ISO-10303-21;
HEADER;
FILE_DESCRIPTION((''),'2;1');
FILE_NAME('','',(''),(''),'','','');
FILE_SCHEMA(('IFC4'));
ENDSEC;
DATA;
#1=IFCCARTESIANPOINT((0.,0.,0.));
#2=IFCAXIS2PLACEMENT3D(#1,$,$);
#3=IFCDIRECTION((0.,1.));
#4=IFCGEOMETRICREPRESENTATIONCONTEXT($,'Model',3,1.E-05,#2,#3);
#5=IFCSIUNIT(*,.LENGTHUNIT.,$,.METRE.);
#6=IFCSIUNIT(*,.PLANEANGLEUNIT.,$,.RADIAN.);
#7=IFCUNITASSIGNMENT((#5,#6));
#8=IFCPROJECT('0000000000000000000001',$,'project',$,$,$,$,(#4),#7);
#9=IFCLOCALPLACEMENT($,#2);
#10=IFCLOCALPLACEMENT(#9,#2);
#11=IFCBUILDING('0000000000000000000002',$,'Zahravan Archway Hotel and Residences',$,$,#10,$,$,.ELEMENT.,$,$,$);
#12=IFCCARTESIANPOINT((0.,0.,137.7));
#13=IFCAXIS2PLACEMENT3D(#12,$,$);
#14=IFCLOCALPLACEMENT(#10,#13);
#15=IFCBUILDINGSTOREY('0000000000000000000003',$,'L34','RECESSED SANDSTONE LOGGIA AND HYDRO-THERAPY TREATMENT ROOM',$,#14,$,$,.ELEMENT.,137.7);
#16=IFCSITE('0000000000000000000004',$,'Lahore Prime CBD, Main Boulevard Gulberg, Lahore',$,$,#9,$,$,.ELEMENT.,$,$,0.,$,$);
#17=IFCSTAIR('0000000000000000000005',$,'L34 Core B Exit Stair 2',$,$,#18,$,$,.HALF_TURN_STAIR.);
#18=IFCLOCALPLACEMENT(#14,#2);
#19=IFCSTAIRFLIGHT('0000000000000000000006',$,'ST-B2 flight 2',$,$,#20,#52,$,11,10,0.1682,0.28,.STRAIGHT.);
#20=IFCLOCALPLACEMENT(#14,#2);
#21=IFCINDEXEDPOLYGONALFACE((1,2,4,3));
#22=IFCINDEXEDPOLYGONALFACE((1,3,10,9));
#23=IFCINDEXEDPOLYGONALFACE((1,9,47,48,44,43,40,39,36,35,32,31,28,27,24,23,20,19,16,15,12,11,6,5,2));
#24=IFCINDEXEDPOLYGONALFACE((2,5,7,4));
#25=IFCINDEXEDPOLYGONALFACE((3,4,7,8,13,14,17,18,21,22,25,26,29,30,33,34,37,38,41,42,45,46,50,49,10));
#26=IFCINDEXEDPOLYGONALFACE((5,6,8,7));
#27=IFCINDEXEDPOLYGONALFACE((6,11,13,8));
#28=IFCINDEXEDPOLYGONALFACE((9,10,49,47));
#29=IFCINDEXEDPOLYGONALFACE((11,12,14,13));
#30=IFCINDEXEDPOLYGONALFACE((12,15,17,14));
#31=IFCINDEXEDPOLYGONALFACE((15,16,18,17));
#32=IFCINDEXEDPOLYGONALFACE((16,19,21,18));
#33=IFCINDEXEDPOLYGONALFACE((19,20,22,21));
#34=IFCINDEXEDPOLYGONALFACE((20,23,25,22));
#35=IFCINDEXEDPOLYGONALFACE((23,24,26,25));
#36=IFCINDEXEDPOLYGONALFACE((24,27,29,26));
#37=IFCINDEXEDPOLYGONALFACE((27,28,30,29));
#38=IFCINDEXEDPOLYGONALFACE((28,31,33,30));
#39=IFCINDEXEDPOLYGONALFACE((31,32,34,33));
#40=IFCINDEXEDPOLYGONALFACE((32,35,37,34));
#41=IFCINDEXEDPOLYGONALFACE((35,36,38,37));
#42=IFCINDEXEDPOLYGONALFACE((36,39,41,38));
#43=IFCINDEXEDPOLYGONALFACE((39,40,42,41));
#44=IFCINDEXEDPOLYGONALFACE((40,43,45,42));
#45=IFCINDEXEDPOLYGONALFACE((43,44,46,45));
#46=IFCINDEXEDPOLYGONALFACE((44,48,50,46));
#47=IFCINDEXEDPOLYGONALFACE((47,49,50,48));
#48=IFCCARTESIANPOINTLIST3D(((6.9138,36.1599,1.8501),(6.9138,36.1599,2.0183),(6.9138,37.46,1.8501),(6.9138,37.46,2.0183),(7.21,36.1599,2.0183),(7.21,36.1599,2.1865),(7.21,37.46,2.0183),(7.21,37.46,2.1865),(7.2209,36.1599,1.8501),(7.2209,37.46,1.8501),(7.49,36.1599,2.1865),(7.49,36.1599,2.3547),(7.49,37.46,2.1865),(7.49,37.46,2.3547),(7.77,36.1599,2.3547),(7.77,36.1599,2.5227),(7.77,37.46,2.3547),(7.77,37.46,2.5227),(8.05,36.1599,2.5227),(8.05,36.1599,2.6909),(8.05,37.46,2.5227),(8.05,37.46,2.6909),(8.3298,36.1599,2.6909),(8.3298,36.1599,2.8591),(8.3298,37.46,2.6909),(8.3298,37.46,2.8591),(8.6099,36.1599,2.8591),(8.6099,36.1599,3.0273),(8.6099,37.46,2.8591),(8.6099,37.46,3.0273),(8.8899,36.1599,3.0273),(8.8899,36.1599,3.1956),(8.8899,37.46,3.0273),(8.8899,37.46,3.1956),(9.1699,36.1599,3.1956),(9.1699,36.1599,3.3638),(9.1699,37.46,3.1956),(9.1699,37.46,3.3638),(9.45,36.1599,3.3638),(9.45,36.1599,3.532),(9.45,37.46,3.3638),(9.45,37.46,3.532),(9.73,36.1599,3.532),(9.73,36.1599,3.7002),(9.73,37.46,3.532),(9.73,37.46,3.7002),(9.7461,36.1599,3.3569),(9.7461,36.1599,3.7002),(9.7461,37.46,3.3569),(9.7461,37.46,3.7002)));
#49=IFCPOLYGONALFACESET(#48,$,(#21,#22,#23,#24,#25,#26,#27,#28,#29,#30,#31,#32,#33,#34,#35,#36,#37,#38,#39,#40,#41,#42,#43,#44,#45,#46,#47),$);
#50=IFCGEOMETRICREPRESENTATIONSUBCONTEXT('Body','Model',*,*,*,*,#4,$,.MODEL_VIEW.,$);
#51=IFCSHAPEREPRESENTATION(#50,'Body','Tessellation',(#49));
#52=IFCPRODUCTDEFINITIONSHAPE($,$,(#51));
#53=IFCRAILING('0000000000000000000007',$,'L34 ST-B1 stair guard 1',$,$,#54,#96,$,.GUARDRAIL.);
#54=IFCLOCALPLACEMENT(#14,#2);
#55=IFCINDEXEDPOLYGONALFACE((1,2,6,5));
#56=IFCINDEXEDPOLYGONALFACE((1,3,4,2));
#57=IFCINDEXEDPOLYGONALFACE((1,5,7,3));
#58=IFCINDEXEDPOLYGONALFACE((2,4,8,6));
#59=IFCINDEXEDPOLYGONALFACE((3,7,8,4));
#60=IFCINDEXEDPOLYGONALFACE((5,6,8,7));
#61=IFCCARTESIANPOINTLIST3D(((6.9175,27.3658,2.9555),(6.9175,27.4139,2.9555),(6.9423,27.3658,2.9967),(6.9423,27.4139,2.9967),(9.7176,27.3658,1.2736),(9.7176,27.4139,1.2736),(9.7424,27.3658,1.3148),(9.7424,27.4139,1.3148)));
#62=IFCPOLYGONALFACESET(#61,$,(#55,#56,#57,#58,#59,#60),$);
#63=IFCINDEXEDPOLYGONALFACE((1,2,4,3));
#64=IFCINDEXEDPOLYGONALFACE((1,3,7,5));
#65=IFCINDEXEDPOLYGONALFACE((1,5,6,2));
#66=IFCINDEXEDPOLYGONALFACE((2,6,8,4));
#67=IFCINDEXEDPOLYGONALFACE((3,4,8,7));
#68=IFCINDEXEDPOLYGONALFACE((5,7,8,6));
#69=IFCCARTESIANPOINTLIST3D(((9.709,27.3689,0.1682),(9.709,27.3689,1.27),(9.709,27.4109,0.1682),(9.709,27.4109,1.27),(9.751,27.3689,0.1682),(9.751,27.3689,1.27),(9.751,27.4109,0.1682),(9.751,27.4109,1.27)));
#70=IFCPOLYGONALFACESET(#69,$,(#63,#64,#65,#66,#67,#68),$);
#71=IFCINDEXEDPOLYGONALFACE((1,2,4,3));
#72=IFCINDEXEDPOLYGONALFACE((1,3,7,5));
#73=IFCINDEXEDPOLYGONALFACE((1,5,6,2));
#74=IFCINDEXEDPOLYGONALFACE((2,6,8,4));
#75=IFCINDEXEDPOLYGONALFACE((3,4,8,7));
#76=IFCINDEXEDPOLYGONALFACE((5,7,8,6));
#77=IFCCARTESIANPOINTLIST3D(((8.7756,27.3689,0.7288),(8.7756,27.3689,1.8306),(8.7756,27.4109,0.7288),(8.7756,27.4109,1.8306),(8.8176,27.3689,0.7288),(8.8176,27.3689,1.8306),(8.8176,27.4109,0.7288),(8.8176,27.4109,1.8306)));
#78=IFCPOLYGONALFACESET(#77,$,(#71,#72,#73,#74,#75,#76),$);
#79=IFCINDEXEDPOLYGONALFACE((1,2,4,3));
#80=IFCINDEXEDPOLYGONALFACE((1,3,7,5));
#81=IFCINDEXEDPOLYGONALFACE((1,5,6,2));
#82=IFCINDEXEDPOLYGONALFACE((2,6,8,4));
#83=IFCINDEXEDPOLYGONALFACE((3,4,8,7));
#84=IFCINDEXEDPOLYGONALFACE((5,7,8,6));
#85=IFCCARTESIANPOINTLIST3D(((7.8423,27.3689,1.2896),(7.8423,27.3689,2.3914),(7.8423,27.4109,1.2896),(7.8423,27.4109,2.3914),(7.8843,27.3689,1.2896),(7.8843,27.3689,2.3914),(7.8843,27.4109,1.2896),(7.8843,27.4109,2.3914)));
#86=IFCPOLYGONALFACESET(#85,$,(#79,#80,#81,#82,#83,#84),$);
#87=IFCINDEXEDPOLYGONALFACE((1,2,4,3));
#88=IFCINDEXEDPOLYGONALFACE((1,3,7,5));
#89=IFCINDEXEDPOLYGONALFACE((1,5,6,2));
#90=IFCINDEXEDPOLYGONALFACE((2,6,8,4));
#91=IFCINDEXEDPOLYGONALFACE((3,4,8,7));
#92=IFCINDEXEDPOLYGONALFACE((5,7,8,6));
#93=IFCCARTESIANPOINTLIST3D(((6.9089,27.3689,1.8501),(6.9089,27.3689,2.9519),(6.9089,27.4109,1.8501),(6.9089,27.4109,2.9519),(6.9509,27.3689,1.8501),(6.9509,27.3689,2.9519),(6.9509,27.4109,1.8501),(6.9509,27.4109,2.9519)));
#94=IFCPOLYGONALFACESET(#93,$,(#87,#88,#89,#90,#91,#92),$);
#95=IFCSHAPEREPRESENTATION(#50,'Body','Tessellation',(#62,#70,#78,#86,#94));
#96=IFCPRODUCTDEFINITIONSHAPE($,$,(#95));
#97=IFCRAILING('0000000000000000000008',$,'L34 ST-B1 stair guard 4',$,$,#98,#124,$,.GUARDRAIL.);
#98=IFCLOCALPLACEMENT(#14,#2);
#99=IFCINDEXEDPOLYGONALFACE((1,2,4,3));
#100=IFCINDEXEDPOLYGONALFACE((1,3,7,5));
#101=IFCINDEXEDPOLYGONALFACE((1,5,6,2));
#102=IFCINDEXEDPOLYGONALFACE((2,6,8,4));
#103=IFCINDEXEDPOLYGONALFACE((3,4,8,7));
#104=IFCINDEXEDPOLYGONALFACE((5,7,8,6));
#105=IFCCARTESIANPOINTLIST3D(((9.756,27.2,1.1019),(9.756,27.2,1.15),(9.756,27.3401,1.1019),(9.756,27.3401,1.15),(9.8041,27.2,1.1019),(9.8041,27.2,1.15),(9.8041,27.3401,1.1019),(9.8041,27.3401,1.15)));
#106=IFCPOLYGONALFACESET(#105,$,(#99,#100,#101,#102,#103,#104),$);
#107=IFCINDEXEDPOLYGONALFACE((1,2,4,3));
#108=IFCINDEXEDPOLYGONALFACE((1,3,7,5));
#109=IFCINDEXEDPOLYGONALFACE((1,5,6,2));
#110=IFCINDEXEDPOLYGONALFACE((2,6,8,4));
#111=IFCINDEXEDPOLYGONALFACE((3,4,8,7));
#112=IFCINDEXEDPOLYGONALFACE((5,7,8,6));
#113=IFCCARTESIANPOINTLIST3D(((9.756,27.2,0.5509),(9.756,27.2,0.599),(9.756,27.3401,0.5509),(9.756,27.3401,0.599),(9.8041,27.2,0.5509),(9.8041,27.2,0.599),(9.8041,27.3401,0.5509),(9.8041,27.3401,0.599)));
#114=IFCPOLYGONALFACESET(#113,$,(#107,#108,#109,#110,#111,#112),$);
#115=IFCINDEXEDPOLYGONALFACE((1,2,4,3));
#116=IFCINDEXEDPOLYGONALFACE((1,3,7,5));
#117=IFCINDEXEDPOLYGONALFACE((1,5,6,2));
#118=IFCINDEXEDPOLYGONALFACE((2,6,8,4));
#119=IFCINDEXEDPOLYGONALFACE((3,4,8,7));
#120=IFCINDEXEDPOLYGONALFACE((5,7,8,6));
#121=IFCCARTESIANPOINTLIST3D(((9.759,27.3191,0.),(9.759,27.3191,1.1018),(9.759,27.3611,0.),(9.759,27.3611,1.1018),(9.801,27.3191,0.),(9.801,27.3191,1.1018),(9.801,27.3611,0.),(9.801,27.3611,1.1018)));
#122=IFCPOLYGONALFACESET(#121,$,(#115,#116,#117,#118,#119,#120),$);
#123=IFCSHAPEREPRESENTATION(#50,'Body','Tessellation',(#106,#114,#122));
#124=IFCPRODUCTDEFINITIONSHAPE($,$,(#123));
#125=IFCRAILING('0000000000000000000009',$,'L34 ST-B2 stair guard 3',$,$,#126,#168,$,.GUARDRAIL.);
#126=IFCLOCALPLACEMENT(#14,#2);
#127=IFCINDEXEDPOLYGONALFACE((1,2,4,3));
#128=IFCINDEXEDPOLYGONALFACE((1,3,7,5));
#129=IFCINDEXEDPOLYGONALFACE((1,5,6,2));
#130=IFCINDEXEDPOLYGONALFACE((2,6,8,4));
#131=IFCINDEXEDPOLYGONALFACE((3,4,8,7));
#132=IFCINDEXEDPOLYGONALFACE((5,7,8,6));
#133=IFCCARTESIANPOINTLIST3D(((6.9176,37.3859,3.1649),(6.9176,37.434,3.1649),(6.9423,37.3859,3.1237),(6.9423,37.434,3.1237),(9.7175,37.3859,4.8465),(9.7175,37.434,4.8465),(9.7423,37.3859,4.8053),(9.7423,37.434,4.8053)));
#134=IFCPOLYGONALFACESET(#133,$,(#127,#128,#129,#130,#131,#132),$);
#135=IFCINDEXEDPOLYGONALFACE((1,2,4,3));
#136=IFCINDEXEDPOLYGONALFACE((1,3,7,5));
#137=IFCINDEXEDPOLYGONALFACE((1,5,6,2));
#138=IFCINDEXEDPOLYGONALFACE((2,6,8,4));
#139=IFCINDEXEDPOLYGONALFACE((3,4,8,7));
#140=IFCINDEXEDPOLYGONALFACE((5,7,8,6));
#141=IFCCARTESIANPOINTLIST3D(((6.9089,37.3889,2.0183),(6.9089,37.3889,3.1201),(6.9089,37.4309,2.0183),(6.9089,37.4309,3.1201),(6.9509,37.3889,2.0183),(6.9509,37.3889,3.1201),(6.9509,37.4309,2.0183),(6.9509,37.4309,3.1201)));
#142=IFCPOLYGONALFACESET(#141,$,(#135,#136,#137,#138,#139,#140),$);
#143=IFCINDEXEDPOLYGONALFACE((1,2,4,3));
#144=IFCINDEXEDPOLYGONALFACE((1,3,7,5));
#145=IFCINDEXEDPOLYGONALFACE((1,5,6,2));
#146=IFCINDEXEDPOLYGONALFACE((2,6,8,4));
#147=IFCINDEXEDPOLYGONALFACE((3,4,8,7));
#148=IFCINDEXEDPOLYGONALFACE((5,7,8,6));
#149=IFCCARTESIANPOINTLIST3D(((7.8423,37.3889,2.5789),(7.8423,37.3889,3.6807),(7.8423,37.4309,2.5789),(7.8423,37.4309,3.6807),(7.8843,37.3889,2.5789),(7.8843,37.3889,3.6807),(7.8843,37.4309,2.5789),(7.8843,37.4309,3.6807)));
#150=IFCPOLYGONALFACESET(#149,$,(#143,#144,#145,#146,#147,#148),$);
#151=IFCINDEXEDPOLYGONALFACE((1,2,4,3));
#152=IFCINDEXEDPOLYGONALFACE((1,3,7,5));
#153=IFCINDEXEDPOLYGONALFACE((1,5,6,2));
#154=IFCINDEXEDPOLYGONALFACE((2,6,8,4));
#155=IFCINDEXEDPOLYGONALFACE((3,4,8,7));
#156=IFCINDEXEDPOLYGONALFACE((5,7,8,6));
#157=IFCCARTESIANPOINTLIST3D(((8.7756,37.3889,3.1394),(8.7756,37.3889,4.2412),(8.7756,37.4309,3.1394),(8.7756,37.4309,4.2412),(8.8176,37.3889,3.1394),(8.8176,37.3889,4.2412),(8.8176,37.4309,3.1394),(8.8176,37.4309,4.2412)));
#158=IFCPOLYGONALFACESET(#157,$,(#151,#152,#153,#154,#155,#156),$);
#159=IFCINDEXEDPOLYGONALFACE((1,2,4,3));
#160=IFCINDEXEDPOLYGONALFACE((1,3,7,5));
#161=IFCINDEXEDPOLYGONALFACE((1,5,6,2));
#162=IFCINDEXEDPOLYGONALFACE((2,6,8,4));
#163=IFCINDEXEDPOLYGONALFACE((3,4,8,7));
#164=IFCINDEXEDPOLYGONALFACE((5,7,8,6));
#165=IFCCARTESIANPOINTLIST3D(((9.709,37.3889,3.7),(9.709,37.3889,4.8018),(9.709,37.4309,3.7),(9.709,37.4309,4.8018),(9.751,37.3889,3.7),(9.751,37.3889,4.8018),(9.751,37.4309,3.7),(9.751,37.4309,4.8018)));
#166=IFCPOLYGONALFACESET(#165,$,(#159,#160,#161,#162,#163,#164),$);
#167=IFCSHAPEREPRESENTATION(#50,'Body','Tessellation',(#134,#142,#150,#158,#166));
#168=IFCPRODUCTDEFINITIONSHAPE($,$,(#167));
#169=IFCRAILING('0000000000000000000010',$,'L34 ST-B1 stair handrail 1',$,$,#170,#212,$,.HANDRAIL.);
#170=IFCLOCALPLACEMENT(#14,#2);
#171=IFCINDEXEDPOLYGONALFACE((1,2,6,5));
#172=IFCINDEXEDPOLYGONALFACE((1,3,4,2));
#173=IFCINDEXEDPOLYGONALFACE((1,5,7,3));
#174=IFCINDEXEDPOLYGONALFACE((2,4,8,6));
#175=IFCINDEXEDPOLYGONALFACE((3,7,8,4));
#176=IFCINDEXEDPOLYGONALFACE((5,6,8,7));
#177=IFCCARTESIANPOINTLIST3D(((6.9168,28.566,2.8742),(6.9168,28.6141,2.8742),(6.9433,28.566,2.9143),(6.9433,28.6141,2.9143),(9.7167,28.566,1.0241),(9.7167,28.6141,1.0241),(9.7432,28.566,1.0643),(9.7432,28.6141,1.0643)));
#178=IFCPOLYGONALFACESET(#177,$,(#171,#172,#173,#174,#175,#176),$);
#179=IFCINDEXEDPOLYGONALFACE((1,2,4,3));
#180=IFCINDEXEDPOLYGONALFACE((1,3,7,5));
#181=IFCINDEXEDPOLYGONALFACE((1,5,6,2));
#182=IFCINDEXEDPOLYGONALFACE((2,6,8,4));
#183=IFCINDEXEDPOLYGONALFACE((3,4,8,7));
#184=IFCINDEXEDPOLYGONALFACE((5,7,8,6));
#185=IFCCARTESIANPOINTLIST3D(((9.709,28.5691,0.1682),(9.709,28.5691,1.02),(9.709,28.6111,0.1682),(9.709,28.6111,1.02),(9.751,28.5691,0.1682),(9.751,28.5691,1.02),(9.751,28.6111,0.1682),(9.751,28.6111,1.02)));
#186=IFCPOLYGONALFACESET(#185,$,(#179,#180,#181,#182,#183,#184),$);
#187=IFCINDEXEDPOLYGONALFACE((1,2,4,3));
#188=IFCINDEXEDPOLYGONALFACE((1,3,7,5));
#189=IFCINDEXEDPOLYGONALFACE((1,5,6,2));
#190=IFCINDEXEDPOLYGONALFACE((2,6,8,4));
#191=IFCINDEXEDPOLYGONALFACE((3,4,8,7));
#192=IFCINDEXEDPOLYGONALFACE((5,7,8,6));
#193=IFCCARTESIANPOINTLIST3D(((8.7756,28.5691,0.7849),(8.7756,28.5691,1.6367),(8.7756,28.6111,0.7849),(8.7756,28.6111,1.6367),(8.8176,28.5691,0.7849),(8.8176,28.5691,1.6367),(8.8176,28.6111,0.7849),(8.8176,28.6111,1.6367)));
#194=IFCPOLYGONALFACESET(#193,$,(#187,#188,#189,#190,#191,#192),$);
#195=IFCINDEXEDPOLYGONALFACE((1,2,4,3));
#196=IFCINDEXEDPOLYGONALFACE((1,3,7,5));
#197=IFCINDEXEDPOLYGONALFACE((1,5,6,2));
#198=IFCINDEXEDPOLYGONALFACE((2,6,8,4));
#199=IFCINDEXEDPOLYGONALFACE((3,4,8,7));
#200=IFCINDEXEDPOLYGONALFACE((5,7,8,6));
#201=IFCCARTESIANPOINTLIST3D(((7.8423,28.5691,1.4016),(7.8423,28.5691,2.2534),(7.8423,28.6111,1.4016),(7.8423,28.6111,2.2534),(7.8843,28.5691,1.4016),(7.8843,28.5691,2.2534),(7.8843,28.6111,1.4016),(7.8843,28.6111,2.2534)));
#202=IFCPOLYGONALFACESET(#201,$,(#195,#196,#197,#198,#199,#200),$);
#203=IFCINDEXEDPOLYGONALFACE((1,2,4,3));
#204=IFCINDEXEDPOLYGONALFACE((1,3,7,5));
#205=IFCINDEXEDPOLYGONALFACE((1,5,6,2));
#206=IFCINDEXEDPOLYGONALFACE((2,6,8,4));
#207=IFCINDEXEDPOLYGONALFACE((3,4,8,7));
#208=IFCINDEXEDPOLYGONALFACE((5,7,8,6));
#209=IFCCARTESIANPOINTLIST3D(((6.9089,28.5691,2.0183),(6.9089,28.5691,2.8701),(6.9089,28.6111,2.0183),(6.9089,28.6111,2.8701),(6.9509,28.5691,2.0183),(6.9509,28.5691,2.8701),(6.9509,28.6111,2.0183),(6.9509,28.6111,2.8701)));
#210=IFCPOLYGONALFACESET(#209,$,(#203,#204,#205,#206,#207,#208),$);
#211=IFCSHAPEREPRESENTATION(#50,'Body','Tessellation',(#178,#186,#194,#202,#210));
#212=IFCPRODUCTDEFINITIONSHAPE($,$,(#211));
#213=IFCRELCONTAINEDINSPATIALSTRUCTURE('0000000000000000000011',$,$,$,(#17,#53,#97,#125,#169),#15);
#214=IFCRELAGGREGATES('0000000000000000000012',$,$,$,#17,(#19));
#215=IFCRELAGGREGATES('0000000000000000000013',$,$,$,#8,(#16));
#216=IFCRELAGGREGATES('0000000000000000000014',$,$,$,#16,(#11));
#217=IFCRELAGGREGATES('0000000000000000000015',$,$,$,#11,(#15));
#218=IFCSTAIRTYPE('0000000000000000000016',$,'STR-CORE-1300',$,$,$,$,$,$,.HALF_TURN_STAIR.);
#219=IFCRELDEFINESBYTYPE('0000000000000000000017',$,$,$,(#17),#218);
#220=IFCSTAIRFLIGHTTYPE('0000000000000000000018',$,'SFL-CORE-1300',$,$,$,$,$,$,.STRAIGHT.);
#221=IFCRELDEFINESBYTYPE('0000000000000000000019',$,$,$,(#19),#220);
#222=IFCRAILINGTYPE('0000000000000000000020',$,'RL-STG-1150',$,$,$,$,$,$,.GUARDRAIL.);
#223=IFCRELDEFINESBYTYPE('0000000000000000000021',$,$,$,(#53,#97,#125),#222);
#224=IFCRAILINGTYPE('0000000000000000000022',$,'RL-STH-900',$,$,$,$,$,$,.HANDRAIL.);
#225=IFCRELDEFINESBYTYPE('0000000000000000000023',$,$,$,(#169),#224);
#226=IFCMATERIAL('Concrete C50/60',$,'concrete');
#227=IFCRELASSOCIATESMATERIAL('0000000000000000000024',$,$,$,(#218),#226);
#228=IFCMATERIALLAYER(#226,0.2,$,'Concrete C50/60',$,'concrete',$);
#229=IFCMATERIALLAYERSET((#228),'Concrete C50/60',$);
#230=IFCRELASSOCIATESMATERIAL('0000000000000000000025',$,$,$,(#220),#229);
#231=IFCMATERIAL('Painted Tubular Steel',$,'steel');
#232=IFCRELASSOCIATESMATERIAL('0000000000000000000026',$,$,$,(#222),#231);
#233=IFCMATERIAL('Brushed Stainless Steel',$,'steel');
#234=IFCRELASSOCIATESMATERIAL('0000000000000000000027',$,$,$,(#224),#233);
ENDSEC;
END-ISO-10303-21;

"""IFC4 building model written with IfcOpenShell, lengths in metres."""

from ifc_helpers import new_model, si_unit, direction, frame, origin, origin_2d, place, context, subcontext, project, spatial, polyline, rectangle, outline, extrude, source, transform, mapped, material, layer, layer_set, type_object, element, aggregate, save


model = new_model("IFC4")

# Units and contexts
model_context = context("Model", 3, precision=1e-05, world=origin(), true_north=direction((0.0, 1.0)))
body_context = subcontext(model_context, "Body", "Model", "MODEL_VIEW")
ifc_project = project(units=[si_unit("LENGTHUNIT", "METRE"), si_unit("PLANEANGLEUNIT", "RADIAN")], contexts=[model_context])

# Site, building, storey
site_placement = place(None, origin())
site = spatial("IfcSite", under=ifc_project, at=site_placement, Name="Lahore Prime CBD, Main Boulevard Gulberg, Lahore", CompositionType="ELEMENT", RefElevation=0.0)
building_placement = place(site_placement, origin())
building = spatial("IfcBuilding", under=site, at=building_placement, Name="Zahravan Archway Hotel and Residences", CompositionType="ELEMENT")
storey_placement = place(building_placement, frame((0.0, 0.0, 137.7)))
storey = spatial("IfcBuildingStorey", under=building, at=storey_placement, Name="L34", Description="RECESSED SANDSTONE LOGGIA AND HYDRO-THERAPY TREATMENT ROOM", CompositionType="ELEMENT", Elevation=137.7)

# Shared definitions
ifc_material_1 = material(Name="Brushed Stainless Steel", Category="steel")

# Shared definitions
ifc_material_2 = material(Name="Concrete C50/60", Category="concrete")

# Stair, stair flight
stair_type = type_object("IfcStairType", Name="STR-CORE-1300", PredefinedType="HALF_TURN_STAIR", material=ifc_material_2)
ifc_layer_1 = layer(ifc_material_2, 0.2, Name="Concrete C50/60", Category="concrete")
ifc_layer_set_1 = layer_set([ifc_layer_1], Name="Concrete C50/60")
stair_flight_type = type_object("IfcStairFlightType", Name="SFL-CORE-1300", PredefinedType="STRAIGHT", material=ifc_layer_set_1)
shared_shape_1 = source(origin(), body_context, "Body", "SweptSolid", [
    extrude(outline(polyline([(-0.0161, 0.0), (-0.0161, 0.1682), (0.28, 0.1682), (0.28, 0.3364), (0.5601, 0.3364), (0.5601, 0.5046), (0.8401, 0.5046), (0.8401, 0.6726), (1.1201, 0.6726), (1.1201, 0.8408), (1.3999, 0.8408), (1.3999, 1.009), (1.6799, 1.009), (1.6799, 1.1772), (1.96, 1.1772), (1.96, 1.3455), (2.24, 1.3455), (2.24, 1.5137), (2.52, 1.5137), (2.52, 1.6819), (2.8, 1.6819), (2.8, 1.8501), (2.8162, 1.8501), (2.8162, 1.5068), (0.291, 0.0), (-0.0161, 0.0)])), frame((0.0, 0.6499, 0.0), z_axis=(0.0, -1.0, 0.0), x_axis=(1.0, 0.0, 0.0)), (0.0, 0.0, 1.0), 1.3),
])
stair_1_placement = place(storey_placement, origin())
stair_1 = element("IfcStair", 1, at=stair_1_placement, inside=storey, type_object=stair_type, Name="L34 Core B Exit Stair 2", PredefinedType="HALF_TURN_STAIR")
stair_flight_1_placement = place(storey_placement, frame((6.9299, 36.8101, 1.8501), z_axis=(0.0, 0.0, 1.0), x_axis=(1.0, 0.0, 0.0)))
stair_flight_1 = element("IfcStairFlight", 2, at=stair_flight_1_placement, type_object=stair_flight_type, Name="ST-B2 flight 2", NumberOfRisers=11, NumberOfTreads=10, PredefinedType="STRAIGHT", RiserHeight=0.1682, TreadLength=0.28, context=body_context, shape_type="MappedRepresentation", body=[
    mapped(shared_shape_1, transform((0.0, 0.0, 0.0), scale=1.0)),
])
aggregate(stair_1, [stair_flight_1])

# Railings
ifc_material_3 = material(Name="Painted Tubular Steel", Category="steel")
railing_type_1 = type_object("IfcRailingType", Name="RL-STG-1150", PredefinedType="GUARDRAIL", material=ifc_material_3)
railing_1_placement = place(storey_placement, frame((9.73, 27.3899, 0.1682)))
element("IfcRailing", 3, at=railing_1_placement, inside=storey, type_object=railing_type_1, Name="L34 ST-B1 stair guard 1", PredefinedType="GUARDRAIL", context=body_context, shape_type="SweptSolid", body=[
    extrude(rectangle(XDim=0.0481, YDim=0.0481, at=origin_2d()), frame((0.0, 0.0, 1.126), z_axis=(-0.857242, 0.0, 0.514913), x_axis=(0.0, -1.0, 0.0)), (0.0, 0.0, 1.0), 3.2664),
    extrude(rectangle(XDim=0.042, YDim=0.042, at=origin_2d()), origin(), (0.0, 0.0, 1.0), 1.1018),
    extrude(rectangle(XDim=0.042, YDim=0.042, at=origin_2d()), frame((-0.9333, 0.0, 0.5605)), (0.0, 0.0, 1.0), 1.1018),
    extrude(rectangle(XDim=0.042, YDim=0.042, at=origin_2d()), frame((-1.8667, 0.0, 1.1213)), (0.0, 0.0, 1.0), 1.1018),
    extrude(rectangle(XDim=0.042, YDim=0.042, at=origin_2d()), frame((-2.8, 0.0, 1.6819)), (0.0, 0.0, 1.0), 1.1018),
])
railing_2_placement = place(storey_placement, frame((9.78, 27.3401, 0.0)))
element("IfcRailing", 4, at=railing_2_placement, inside=storey, type_object=railing_type_1, Name="L34 ST-B1 stair guard 4", PredefinedType="GUARDRAIL", context=body_context, shape_type="SweptSolid", body=[
    extrude(rectangle(XDim=0.0481, YDim=0.0481, at=origin_2d()), frame((0.0, 0.0, 1.126), z_axis=(0.0, -1.0, 0.0), x_axis=(1.0, 0.0, 0.0)), (0.0, 0.0, 1.0), 0.1401),
    extrude(rectangle(XDim=0.0481, YDim=0.0481, at=origin_2d()), frame((0.0, 0.0, 0.575), z_axis=(0.0, -1.0, 0.0), x_axis=(1.0, 0.0, 0.0)), (0.0, 0.0, 1.0), 0.1401),
    extrude(rectangle(XDim=0.042, YDim=0.042, at=origin_2d()), origin(), (0.0, 0.0, 1.0), 1.1018),
])
railing_3_placement = place(storey_placement, frame((6.9299, 37.4099, 2.0183)))
element("IfcRailing", 5, at=railing_3_placement, inside=storey, type_object=railing_type_1, Name="L34 ST-B2 stair guard 3", PredefinedType="GUARDRAIL", context=body_context, shape_type="SweptSolid", body=[
    extrude(rectangle(XDim=0.0481, YDim=0.0481, at=origin_2d()), frame((0.0, 0.0, 1.126), z_axis=(0.857275, 0.0, 0.514858), x_axis=(0.0, 1.0, 0.0)), (0.0, 0.0, 1.0), 3.2661),
    extrude(rectangle(XDim=0.042, YDim=0.042, at=origin_2d()), origin(), (0.0, 0.0, 1.0), 1.1018),
    extrude(rectangle(XDim=0.042, YDim=0.042, at=origin_2d()), frame((0.9333, 0.0, 0.5605)), (0.0, 0.0, 1.0), 1.1018),
    extrude(rectangle(XDim=0.042, YDim=0.042, at=origin_2d()), frame((1.8667, 0.0, 1.1211)), (0.0, 0.0, 1.0), 1.1018),
    extrude(rectangle(XDim=0.042, YDim=0.042, at=origin_2d()), frame((2.8, 0.0, 1.6816)), (0.0, 0.0, 1.0), 1.1018),
])
railing_type_2 = type_object("IfcRailingType", Name="RL-STH-900", PredefinedType="HANDRAIL", material=ifc_material_1)
railing_4_placement = place(storey_placement, frame((9.73, 28.5901, 0.1682)))
element("IfcRailing", 6, at=railing_4_placement, inside=storey, type_object=railing_type_2, Name="L34 ST-B1 stair handrail 1", PredefinedType="HANDRAIL", context=body_context, shape_type="SweptSolid", body=[
    extrude(rectangle(XDim=0.0481, YDim=0.0481, at=origin_2d()), frame((0.0, 0.0, 0.876), z_axis=(-0.834326, 0.0, 0.551271), x_axis=(0.0, -1.0, 0.0)), (0.0, 0.0, 1.0), 3.356),
    extrude(rectangle(XDim=0.042, YDim=0.042, at=origin_2d()), origin(), (0.0, 0.0, 1.0), 0.8518),
    extrude(rectangle(XDim=0.042, YDim=0.042, at=origin_2d()), frame((-0.9333, 0.0, 0.6167)), (0.0, 0.0, 1.0), 0.8518),
    extrude(rectangle(XDim=0.042, YDim=0.042, at=origin_2d()), frame((-1.8667, 0.0, 1.2334)), (0.0, 0.0, 1.0), 0.8518),
    extrude(rectangle(XDim=0.042, YDim=0.042, at=origin_2d()), frame((-2.8, 0.0, 1.8501)), (0.0, 0.0, 1.0), 0.8518),
])

save(model, "model.ifc")
